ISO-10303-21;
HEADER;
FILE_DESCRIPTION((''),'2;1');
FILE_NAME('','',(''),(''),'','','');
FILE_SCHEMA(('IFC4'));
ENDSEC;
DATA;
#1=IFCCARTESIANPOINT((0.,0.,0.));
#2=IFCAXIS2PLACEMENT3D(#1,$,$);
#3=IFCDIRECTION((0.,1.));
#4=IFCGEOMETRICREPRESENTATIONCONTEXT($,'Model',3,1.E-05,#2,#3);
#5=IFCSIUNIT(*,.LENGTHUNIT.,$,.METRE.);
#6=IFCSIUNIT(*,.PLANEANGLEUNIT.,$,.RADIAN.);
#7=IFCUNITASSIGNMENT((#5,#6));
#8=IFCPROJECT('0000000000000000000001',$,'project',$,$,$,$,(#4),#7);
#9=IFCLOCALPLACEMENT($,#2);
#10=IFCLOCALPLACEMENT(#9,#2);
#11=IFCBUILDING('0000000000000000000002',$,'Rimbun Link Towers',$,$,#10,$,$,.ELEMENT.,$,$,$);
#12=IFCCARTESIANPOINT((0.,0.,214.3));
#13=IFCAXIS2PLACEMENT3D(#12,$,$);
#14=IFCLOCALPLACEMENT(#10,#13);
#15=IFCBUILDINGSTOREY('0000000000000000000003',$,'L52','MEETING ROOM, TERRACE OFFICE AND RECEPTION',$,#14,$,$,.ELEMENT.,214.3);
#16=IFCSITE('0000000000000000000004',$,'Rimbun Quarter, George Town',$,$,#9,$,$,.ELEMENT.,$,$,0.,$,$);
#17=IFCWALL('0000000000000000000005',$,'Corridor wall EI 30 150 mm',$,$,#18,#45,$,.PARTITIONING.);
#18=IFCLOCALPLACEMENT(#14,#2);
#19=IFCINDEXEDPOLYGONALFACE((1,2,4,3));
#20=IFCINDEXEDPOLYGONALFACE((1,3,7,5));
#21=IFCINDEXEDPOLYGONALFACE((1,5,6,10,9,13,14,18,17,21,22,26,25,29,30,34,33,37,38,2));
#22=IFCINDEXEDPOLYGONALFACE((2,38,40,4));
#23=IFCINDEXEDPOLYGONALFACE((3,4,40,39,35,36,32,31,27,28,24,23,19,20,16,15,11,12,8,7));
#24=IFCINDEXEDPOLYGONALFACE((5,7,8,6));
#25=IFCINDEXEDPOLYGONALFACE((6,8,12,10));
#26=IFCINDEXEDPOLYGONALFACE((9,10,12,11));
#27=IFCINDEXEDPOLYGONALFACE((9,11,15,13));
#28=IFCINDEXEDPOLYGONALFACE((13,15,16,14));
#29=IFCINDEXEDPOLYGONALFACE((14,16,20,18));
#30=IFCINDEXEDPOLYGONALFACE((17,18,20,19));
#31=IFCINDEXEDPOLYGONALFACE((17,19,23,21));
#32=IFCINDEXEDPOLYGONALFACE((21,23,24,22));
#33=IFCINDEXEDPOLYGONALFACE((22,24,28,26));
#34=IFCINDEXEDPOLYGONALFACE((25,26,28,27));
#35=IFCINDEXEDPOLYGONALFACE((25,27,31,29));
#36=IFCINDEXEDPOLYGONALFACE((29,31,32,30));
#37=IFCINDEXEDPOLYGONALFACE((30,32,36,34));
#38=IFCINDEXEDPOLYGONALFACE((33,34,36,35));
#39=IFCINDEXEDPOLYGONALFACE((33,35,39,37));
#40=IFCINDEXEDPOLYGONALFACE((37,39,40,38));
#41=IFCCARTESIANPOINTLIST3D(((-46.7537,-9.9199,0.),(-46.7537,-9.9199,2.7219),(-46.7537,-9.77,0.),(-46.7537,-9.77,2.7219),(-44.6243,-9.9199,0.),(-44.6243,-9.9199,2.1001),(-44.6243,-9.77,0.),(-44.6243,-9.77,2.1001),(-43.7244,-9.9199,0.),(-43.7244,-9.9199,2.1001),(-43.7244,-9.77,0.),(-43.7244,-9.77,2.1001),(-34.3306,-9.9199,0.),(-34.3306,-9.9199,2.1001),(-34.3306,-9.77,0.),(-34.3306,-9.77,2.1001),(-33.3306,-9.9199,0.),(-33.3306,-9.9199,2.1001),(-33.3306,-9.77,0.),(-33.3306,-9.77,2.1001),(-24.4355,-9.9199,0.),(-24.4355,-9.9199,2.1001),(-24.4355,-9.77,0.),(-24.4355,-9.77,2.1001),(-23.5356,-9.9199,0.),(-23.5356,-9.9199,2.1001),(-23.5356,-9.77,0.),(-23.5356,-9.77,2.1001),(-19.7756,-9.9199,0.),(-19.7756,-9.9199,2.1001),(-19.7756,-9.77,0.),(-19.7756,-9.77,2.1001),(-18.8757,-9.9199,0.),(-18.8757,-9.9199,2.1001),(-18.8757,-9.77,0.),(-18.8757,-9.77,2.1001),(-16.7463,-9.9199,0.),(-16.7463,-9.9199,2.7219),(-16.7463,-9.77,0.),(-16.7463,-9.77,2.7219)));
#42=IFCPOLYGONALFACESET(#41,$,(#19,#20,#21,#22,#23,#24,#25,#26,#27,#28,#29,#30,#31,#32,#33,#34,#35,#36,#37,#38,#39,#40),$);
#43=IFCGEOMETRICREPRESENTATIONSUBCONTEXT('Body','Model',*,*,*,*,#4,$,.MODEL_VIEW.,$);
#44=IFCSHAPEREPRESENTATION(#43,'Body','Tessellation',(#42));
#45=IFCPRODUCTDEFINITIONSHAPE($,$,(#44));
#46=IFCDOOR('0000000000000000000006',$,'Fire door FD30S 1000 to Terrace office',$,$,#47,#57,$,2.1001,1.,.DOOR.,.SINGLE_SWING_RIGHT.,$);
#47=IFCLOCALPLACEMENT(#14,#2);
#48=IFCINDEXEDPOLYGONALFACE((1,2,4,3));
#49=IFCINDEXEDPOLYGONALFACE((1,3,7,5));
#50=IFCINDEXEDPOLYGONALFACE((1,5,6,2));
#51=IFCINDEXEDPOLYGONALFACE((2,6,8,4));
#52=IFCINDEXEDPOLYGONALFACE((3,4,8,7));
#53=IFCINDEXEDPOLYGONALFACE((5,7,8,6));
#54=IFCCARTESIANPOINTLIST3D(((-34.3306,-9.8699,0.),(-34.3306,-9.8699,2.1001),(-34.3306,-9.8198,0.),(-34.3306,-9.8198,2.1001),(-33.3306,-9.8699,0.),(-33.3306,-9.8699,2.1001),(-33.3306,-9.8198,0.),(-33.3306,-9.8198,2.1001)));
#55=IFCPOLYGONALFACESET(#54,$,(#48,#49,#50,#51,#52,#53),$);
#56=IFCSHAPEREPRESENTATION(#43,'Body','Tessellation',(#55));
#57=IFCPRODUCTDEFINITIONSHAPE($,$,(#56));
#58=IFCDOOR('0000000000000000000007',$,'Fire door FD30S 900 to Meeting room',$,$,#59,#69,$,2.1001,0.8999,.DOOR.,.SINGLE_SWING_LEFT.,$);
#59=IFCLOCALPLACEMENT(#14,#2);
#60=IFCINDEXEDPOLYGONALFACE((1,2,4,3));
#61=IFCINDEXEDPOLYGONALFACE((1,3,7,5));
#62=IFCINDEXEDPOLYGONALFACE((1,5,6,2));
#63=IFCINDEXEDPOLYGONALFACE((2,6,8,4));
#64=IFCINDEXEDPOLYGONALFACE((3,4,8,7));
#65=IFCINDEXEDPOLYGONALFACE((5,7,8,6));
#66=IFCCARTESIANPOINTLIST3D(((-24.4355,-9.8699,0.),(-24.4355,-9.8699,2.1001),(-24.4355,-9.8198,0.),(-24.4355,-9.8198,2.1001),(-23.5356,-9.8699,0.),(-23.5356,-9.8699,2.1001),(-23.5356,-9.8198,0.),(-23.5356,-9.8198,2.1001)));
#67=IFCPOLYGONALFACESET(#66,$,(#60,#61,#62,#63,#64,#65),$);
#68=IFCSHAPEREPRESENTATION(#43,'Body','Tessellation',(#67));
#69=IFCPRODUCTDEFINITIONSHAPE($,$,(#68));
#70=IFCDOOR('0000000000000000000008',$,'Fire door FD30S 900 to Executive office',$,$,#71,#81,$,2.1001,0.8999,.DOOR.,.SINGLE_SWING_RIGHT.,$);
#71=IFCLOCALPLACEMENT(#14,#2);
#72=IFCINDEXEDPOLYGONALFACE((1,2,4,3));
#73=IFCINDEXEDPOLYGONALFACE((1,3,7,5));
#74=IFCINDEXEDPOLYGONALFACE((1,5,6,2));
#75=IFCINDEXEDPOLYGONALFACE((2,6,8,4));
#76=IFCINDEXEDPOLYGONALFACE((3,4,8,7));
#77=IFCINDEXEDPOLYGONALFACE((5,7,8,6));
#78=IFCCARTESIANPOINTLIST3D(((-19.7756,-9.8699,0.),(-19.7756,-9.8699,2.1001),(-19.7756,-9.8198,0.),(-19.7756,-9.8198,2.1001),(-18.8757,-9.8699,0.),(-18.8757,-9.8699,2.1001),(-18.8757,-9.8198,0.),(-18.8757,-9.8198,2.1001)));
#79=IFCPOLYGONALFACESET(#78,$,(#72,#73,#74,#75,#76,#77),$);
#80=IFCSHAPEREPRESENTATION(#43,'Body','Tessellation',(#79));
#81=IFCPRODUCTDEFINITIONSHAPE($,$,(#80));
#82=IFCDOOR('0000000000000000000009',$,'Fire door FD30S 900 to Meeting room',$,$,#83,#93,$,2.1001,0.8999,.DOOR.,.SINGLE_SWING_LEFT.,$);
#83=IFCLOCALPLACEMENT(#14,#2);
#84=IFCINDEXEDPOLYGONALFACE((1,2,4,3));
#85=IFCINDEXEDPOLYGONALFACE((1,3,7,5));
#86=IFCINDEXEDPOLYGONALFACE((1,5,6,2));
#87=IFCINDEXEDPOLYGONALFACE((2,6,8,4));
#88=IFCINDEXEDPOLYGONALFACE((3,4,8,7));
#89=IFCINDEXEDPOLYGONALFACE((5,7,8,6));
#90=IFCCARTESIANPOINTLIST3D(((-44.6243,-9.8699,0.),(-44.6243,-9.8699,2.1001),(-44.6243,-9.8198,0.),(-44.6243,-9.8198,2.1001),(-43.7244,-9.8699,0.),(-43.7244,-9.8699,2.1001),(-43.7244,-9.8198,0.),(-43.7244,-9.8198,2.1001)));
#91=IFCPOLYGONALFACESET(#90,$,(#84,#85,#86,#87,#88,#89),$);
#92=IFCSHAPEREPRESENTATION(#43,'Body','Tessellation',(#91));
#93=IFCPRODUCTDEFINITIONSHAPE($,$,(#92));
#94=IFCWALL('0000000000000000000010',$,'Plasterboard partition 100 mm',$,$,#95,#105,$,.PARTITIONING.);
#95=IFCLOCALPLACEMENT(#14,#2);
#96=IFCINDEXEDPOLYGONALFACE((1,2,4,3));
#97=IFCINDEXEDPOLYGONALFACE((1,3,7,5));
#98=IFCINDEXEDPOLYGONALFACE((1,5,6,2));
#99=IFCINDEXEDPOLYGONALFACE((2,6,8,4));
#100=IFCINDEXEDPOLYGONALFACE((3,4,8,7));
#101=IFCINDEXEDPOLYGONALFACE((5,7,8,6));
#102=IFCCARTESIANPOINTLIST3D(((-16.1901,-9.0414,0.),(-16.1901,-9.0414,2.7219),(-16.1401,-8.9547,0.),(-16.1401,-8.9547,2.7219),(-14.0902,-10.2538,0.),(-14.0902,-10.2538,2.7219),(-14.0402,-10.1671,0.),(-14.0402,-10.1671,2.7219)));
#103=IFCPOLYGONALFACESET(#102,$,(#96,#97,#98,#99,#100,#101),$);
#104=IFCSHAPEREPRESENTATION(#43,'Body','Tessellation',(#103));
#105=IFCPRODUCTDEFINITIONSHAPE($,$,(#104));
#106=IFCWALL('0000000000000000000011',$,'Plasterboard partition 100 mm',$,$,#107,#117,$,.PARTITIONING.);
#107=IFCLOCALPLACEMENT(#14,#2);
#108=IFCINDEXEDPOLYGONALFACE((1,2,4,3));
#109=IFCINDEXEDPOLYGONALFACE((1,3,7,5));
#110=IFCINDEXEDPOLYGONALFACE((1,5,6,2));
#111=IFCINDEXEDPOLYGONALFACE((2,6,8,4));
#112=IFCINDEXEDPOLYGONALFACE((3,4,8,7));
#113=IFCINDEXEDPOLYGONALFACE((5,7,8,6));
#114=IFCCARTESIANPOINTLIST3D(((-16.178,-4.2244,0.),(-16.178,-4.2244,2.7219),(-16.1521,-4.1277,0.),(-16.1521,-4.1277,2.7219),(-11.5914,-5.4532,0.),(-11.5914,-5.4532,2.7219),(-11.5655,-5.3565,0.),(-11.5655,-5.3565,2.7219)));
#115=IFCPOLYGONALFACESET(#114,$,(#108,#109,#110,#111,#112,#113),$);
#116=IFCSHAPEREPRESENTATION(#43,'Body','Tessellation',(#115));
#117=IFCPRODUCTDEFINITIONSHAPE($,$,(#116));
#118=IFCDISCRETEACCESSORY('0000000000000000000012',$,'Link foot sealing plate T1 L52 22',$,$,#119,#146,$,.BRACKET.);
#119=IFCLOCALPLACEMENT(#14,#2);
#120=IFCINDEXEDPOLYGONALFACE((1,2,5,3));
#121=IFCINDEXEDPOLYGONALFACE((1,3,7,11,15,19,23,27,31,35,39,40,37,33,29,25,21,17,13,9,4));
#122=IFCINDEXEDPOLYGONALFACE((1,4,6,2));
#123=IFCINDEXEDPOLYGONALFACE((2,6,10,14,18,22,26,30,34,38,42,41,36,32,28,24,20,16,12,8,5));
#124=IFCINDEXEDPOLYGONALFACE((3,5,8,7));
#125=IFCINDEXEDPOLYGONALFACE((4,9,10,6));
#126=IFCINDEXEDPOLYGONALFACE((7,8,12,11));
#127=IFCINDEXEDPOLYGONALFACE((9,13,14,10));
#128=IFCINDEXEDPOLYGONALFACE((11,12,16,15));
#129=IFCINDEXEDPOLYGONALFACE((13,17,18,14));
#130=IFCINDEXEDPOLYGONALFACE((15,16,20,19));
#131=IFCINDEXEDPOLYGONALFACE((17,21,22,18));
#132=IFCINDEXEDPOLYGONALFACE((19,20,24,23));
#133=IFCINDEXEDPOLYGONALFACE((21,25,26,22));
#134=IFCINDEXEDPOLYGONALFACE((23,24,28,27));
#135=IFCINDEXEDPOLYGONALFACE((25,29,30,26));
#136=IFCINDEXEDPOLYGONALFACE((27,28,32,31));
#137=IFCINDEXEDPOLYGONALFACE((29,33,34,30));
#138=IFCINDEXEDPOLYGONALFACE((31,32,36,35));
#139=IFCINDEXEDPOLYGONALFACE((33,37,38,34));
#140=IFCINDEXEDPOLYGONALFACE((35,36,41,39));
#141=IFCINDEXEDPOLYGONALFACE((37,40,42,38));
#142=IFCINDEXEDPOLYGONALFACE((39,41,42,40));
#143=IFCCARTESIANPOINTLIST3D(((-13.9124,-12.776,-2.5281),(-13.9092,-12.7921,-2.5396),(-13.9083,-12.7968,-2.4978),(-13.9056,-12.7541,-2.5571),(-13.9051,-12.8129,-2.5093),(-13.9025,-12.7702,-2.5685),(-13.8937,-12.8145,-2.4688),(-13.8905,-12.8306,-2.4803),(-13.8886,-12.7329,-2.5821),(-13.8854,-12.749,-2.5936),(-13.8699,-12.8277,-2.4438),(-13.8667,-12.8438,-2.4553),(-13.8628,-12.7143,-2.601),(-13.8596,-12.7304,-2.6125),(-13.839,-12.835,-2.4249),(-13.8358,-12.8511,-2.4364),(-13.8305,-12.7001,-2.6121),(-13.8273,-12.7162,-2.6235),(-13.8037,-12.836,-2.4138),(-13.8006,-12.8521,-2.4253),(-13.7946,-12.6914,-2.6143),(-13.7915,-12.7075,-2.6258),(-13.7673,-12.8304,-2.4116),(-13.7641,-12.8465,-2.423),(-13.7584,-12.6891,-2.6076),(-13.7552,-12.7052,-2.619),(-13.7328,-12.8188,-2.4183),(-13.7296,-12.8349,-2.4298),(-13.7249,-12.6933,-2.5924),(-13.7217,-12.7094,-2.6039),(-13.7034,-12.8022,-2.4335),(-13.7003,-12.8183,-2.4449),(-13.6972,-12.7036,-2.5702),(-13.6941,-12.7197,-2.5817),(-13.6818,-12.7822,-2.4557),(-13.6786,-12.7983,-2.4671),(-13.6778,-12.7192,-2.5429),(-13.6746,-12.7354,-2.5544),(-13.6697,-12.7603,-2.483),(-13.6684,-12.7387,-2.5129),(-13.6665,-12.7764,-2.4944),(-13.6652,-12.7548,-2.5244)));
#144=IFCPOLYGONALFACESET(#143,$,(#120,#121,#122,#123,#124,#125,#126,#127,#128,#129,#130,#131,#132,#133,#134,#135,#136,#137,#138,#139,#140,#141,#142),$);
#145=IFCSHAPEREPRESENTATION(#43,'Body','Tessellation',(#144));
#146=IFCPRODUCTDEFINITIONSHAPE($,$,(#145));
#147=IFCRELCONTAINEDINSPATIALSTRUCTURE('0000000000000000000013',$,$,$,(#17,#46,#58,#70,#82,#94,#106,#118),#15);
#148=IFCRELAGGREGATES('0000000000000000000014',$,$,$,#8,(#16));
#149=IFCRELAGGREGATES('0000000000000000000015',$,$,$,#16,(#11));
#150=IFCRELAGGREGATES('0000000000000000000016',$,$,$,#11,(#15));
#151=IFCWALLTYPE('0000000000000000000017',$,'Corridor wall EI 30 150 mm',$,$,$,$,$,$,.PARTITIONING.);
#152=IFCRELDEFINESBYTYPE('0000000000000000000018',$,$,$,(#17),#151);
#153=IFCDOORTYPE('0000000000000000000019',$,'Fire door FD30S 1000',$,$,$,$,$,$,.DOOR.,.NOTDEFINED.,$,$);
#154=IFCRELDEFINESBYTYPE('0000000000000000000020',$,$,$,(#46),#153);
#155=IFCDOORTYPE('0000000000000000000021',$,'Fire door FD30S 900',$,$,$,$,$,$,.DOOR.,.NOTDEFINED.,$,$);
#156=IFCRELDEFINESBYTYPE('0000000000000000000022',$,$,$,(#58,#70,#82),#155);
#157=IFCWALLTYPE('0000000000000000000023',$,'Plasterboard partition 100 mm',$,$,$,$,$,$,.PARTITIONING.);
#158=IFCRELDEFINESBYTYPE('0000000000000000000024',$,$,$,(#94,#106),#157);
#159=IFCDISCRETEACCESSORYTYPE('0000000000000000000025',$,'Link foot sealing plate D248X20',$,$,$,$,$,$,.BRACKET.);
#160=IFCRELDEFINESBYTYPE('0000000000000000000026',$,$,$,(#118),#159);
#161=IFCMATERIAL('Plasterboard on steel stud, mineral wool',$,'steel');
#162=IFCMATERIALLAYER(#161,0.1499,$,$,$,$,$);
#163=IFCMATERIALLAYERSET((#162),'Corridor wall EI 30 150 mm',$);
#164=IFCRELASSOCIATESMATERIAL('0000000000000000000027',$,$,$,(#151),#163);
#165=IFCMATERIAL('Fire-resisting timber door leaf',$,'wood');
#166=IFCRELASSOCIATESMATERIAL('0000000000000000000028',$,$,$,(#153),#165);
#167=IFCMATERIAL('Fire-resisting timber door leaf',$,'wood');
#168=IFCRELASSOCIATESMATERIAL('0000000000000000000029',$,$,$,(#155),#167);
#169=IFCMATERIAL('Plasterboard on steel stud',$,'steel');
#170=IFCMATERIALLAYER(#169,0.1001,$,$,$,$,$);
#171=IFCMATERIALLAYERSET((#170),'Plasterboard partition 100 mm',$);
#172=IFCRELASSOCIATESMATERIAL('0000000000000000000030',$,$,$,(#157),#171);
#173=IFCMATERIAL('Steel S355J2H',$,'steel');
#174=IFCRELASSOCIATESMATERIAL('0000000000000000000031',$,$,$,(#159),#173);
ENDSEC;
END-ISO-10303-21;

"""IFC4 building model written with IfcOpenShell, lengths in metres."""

from ifc_helpers import new_model, si_unit, direction, frame, frame_2d, origin, origin_2d, place, context, subcontext, project, spatial, rectangle, circle, extrude, material, layer, layer_set, material_profile, profile_set, type_object, element, fill, save


model = new_model("IFC4")

# Units and contexts
model_context = context("Model", 3, precision=1e-05, world=origin(), true_north=direction((0.0, 1.0)))
body_context = subcontext(model_context, "Body", "Model", "MODEL_VIEW")
ifc_project = project(units=[si_unit("LENGTHUNIT", "METRE"), si_unit("PLANEANGLEUNIT", "RADIAN")], contexts=[model_context])

# Site, building, storey
site_placement = place(None, origin())
site = spatial("IfcSite", under=ifc_project, at=site_placement, Name="Rimbun Quarter, George Town", CompositionType="ELEMENT", RefElevation=0.0)
building_placement = place(site_placement, origin())
building = spatial("IfcBuilding", under=site, at=building_placement, Name="Rimbun Link Towers", CompositionType="ELEMENT")
storey_placement = place(building_placement, frame((0.0, 0.0, 214.3)))
storey = spatial("IfcBuildingStorey", under=building, at=storey_placement, Name="L52", Description="MEETING ROOM, TERRACE OFFICE AND RECEPTION", CompositionType="ELEMENT", Elevation=214.3)

# Wall, openings, doors
ifc_material_1 = material(Name="Plasterboard on steel stud, mineral wool", Category="steel")
ifc_layer_1 = layer(ifc_material_1, 0.1499)
ifc_layer_set_1 = layer_set([ifc_layer_1], Name="Corridor wall EI 30 150 mm")
wall_type_1 = type_object("IfcWallType", Name="Corridor wall EI 30 150 mm", PredefinedType="PARTITIONING", material=ifc_layer_set_1)
wall_1_placement = place(storey_placement, frame((-16.7463, -9.845, 0.0), z_axis=(0.0, 0.0, 1.0), x_axis=(-1.0, 0.0, 0.0)))
wall_1 = element("IfcWall", 1, at=wall_1_placement, inside=storey, type_object=wall_type_1, Name="Corridor wall EI 30 150 mm", PredefinedType="PARTITIONING", context=body_context, shape_type="SweptSolid", body=[
    extrude(rectangle(XDim=30.0073, YDim=0.1499, at=frame_2d((15.0037, 0.0))), origin(), (0.0, 0.0, 1.0), 2.7219),
])
opening_1_placement = place(wall_1_placement, frame((6.7893, 0.0, 0.0)))
opening_1 = element("IfcOpeningElement", 2, at=opening_1_placement, cuts=wall_1, PredefinedType="OPENING", context=body_context, shape_type="SweptSolid", body=[
    extrude(rectangle(XDim=0.8999, YDim=2.1001, at=frame_2d((0.45, 1.05))), frame((0.0, 0.085, 0.0), z_axis=(0.0, -1.0, 0.0), x_axis=(1.0, 0.0, 0.0)), (0.0, 0.0, 1.0), 0.1699),
])
opening_2_placement = place(wall_1_placement, frame((2.1294, 0.0, 0.0)))
opening_2 = element("IfcOpeningElement", 3, at=opening_2_placement, cuts=wall_1, PredefinedType="OPENING", context=body_context, shape_type="SweptSolid", body=[
    extrude(rectangle(XDim=0.8999, YDim=2.1001, at=frame_2d((0.45, 1.05))), frame((0.0, 0.085, 0.0), z_axis=(0.0, -1.0, 0.0), x_axis=(1.0, 0.0, 0.0)), (0.0, 0.0, 1.0), 0.1699),
])
opening_3_placement = place(wall_1_placement, frame((26.978, 0.0, 0.0)))
opening_3 = element("IfcOpeningElement", 4, at=opening_3_placement, cuts=wall_1, PredefinedType="OPENING", context=body_context, shape_type="SweptSolid", body=[
    extrude(rectangle(XDim=0.8999, YDim=2.1001, at=frame_2d((0.45, 1.05))), frame((0.0, 0.085, 0.0), z_axis=(0.0, -1.0, 0.0), x_axis=(1.0, 0.0, 0.0)), (0.0, 0.0, 1.0), 0.1699),
])
opening_4_placement = place(wall_1_placement, frame((16.5842, 0.0, 0.0)))
opening_4 = element("IfcOpeningElement", 5, at=opening_4_placement, cuts=wall_1, PredefinedType="OPENING", context=body_context, shape_type="SweptSolid", body=[
    extrude(rectangle(XDim=1.0, YDim=2.1001, at=frame_2d((0.5, 1.05))), frame((0.0, 0.085, 0.0), z_axis=(0.0, -1.0, 0.0), x_axis=(1.0, 0.0, 0.0)), (0.0, 0.0, 1.0), 0.1699),
])
ifc_material_2 = material(Name="Fire-resisting timber door leaf", Category="wood")
door_type_1 = type_object("IfcDoorType", Name="Fire door FD30S 1000", OperationType="NOTDEFINED", PredefinedType="DOOR", material=ifc_material_2)
door_1_placement = place(opening_4_placement, origin())
door_1 = element("IfcDoor", 6, at=door_1_placement, inside=storey, type_object=door_type_1, Name="Fire door FD30S 1000 to Terrace office", OperationType="SINGLE_SWING_RIGHT", OverallHeight=2.1001, OverallWidth=1.0, PredefinedType="DOOR", context=body_context, shape_type="SweptSolid", body=[
    extrude(rectangle(XDim=1.0, YDim=2.1001, at=frame_2d((0.5, 1.05))), frame((0.0, 0.0249, 0.0), z_axis=(0.0, -1.0, 0.0), x_axis=(1.0, 0.0, 0.0)), (0.0, 0.0, 1.0), 0.05),
])
fill(opening_4, door_1)
ifc_material_3 = material(Name="Fire-resisting timber door leaf", Category="wood")
door_type_2 = type_object("IfcDoorType", Name="Fire door FD30S 900", OperationType="NOTDEFINED", PredefinedType="DOOR", material=ifc_material_3)
door_2_placement = place(opening_1_placement, origin())
door_2 = element("IfcDoor", 7, at=door_2_placement, inside=storey, type_object=door_type_2, Name="Fire door FD30S 900 to Meeting room", OperationType="SINGLE_SWING_LEFT", OverallHeight=2.1001, OverallWidth=0.8999, PredefinedType="DOOR", context=body_context, shape_type="SweptSolid", body=[
    extrude(rectangle(XDim=0.8999, YDim=2.1001, at=frame_2d((0.45, 1.05))), frame((0.0, 0.0249, 0.0), z_axis=(0.0, -1.0, 0.0), x_axis=(1.0, 0.0, 0.0)), (0.0, 0.0, 1.0), 0.05),
])
fill(opening_1, door_2)
door_3_placement = place(opening_2_placement, origin())
door_3 = element("IfcDoor", 8, at=door_3_placement, inside=storey, type_object=door_type_2, Name="Fire door FD30S 900 to Executive office", OperationType="SINGLE_SWING_RIGHT", OverallHeight=2.1001, OverallWidth=0.8999, PredefinedType="DOOR", context=body_context, shape_type="SweptSolid", body=[
    extrude(rectangle(XDim=0.8999, YDim=2.1001, at=frame_2d((0.45, 1.05))), frame((0.0, 0.0249, 0.0), z_axis=(0.0, -1.0, 0.0), x_axis=(1.0, 0.0, 0.0)), (0.0, 0.0, 1.0), 0.05),
])
fill(opening_2, door_3)
door_4_placement = place(opening_3_placement, origin())
door_4 = element("IfcDoor", 9, at=door_4_placement, inside=storey, type_object=door_type_2, Name="Fire door FD30S 900 to Meeting room", OperationType="SINGLE_SWING_LEFT", OverallHeight=2.1001, OverallWidth=0.8999, PredefinedType="DOOR", context=body_context, shape_type="SweptSolid", body=[
    extrude(rectangle(XDim=0.8999, YDim=2.1001, at=frame_2d((0.45, 1.05))), frame((0.0, 0.0249, 0.0), z_axis=(0.0, -1.0, 0.0), x_axis=(1.0, 0.0, 0.0)), (0.0, 0.0, 1.0), 0.05),
])
fill(opening_3, door_4)

# Walls
ifc_material_4 = material(Name="Plasterboard on steel stud", Category="steel")
ifc_layer_2 = layer(ifc_material_4, 0.1001)
ifc_layer_set_2 = layer_set([ifc_layer_2], Name="Plasterboard partition 100 mm")
wall_type_2 = type_object("IfcWallType", Name="Plasterboard partition 100 mm", PredefinedType="PARTITIONING", material=ifc_layer_set_2)
wall_2_placement = place(storey_placement, frame((-14.0652, -10.2104, 0.0), z_axis=(0.0, 0.0, 1.0), x_axis=(-0.866016, 0.500016, 0.0)))
element("IfcWall", 10, at=wall_2_placement, inside=storey, type_object=wall_type_2, Name="Plasterboard partition 100 mm", PredefinedType="PARTITIONING", context=body_context, shape_type="SweptSolid", body=[
    extrude(rectangle(XDim=2.4248, YDim=0.1001, at=frame_2d((1.2124, 0.0))), origin(), (0.0, 0.0, 1.0), 2.7219),
])
wall_3_placement = place(storey_placement, frame((-11.5786, -5.4048, 0.0), z_axis=(0.0, 0.0, 1.0), x_axis=(-0.965935, 0.258786, 0.0)))
element("IfcWall", 11, at=wall_3_placement, inside=storey, type_object=wall_type_2, Name="Plasterboard partition 100 mm", PredefinedType="PARTITIONING", context=body_context, shape_type="SweptSolid", body=[
    extrude(rectangle(XDim=4.7483, YDim=0.1001, at=frame_2d((2.374, 0.0))), origin(), (0.0, 0.0, 1.0), 2.7219),
])

# Discrete accessory
ifc_material_5 = material(Name="Steel S355J2H", Category="steel")
ifc_material_profile_1 = material_profile(ifc_material_5, circle(Radius=0.124, at=origin_2d()), Name="PL D248")
ifc_profile_set_1 = profile_set([ifc_material_profile_1], Name="Steel S355J2H")
discrete_accessory_type = type_object("IfcDiscreteAccessoryType", Name="Link foot sealing plate D248X20", PredefinedType="BRACKET", material=ifc_profile_set_1)
discrete_accessory_placement = place(storey_placement, frame((-13.79, -12.7627, -2.5129), z_axis=(0.158419, -0.80428, -0.572745), x_axis=(0.981148, 0.193256, 0.0)))
element("IfcDiscreteAccessory", 12, at=discrete_accessory_placement, inside=storey, type_object=discrete_accessory_type, Name="Link foot sealing plate T1 L52 22", PredefinedType="BRACKET", context=body_context, shape_type="SweptSolid", body=[
    extrude(circle(Radius=0.124, at=origin_2d()), origin(), (0.0, 0.0, 1.0), 0.02),
])

save(model, "model.ifc")
